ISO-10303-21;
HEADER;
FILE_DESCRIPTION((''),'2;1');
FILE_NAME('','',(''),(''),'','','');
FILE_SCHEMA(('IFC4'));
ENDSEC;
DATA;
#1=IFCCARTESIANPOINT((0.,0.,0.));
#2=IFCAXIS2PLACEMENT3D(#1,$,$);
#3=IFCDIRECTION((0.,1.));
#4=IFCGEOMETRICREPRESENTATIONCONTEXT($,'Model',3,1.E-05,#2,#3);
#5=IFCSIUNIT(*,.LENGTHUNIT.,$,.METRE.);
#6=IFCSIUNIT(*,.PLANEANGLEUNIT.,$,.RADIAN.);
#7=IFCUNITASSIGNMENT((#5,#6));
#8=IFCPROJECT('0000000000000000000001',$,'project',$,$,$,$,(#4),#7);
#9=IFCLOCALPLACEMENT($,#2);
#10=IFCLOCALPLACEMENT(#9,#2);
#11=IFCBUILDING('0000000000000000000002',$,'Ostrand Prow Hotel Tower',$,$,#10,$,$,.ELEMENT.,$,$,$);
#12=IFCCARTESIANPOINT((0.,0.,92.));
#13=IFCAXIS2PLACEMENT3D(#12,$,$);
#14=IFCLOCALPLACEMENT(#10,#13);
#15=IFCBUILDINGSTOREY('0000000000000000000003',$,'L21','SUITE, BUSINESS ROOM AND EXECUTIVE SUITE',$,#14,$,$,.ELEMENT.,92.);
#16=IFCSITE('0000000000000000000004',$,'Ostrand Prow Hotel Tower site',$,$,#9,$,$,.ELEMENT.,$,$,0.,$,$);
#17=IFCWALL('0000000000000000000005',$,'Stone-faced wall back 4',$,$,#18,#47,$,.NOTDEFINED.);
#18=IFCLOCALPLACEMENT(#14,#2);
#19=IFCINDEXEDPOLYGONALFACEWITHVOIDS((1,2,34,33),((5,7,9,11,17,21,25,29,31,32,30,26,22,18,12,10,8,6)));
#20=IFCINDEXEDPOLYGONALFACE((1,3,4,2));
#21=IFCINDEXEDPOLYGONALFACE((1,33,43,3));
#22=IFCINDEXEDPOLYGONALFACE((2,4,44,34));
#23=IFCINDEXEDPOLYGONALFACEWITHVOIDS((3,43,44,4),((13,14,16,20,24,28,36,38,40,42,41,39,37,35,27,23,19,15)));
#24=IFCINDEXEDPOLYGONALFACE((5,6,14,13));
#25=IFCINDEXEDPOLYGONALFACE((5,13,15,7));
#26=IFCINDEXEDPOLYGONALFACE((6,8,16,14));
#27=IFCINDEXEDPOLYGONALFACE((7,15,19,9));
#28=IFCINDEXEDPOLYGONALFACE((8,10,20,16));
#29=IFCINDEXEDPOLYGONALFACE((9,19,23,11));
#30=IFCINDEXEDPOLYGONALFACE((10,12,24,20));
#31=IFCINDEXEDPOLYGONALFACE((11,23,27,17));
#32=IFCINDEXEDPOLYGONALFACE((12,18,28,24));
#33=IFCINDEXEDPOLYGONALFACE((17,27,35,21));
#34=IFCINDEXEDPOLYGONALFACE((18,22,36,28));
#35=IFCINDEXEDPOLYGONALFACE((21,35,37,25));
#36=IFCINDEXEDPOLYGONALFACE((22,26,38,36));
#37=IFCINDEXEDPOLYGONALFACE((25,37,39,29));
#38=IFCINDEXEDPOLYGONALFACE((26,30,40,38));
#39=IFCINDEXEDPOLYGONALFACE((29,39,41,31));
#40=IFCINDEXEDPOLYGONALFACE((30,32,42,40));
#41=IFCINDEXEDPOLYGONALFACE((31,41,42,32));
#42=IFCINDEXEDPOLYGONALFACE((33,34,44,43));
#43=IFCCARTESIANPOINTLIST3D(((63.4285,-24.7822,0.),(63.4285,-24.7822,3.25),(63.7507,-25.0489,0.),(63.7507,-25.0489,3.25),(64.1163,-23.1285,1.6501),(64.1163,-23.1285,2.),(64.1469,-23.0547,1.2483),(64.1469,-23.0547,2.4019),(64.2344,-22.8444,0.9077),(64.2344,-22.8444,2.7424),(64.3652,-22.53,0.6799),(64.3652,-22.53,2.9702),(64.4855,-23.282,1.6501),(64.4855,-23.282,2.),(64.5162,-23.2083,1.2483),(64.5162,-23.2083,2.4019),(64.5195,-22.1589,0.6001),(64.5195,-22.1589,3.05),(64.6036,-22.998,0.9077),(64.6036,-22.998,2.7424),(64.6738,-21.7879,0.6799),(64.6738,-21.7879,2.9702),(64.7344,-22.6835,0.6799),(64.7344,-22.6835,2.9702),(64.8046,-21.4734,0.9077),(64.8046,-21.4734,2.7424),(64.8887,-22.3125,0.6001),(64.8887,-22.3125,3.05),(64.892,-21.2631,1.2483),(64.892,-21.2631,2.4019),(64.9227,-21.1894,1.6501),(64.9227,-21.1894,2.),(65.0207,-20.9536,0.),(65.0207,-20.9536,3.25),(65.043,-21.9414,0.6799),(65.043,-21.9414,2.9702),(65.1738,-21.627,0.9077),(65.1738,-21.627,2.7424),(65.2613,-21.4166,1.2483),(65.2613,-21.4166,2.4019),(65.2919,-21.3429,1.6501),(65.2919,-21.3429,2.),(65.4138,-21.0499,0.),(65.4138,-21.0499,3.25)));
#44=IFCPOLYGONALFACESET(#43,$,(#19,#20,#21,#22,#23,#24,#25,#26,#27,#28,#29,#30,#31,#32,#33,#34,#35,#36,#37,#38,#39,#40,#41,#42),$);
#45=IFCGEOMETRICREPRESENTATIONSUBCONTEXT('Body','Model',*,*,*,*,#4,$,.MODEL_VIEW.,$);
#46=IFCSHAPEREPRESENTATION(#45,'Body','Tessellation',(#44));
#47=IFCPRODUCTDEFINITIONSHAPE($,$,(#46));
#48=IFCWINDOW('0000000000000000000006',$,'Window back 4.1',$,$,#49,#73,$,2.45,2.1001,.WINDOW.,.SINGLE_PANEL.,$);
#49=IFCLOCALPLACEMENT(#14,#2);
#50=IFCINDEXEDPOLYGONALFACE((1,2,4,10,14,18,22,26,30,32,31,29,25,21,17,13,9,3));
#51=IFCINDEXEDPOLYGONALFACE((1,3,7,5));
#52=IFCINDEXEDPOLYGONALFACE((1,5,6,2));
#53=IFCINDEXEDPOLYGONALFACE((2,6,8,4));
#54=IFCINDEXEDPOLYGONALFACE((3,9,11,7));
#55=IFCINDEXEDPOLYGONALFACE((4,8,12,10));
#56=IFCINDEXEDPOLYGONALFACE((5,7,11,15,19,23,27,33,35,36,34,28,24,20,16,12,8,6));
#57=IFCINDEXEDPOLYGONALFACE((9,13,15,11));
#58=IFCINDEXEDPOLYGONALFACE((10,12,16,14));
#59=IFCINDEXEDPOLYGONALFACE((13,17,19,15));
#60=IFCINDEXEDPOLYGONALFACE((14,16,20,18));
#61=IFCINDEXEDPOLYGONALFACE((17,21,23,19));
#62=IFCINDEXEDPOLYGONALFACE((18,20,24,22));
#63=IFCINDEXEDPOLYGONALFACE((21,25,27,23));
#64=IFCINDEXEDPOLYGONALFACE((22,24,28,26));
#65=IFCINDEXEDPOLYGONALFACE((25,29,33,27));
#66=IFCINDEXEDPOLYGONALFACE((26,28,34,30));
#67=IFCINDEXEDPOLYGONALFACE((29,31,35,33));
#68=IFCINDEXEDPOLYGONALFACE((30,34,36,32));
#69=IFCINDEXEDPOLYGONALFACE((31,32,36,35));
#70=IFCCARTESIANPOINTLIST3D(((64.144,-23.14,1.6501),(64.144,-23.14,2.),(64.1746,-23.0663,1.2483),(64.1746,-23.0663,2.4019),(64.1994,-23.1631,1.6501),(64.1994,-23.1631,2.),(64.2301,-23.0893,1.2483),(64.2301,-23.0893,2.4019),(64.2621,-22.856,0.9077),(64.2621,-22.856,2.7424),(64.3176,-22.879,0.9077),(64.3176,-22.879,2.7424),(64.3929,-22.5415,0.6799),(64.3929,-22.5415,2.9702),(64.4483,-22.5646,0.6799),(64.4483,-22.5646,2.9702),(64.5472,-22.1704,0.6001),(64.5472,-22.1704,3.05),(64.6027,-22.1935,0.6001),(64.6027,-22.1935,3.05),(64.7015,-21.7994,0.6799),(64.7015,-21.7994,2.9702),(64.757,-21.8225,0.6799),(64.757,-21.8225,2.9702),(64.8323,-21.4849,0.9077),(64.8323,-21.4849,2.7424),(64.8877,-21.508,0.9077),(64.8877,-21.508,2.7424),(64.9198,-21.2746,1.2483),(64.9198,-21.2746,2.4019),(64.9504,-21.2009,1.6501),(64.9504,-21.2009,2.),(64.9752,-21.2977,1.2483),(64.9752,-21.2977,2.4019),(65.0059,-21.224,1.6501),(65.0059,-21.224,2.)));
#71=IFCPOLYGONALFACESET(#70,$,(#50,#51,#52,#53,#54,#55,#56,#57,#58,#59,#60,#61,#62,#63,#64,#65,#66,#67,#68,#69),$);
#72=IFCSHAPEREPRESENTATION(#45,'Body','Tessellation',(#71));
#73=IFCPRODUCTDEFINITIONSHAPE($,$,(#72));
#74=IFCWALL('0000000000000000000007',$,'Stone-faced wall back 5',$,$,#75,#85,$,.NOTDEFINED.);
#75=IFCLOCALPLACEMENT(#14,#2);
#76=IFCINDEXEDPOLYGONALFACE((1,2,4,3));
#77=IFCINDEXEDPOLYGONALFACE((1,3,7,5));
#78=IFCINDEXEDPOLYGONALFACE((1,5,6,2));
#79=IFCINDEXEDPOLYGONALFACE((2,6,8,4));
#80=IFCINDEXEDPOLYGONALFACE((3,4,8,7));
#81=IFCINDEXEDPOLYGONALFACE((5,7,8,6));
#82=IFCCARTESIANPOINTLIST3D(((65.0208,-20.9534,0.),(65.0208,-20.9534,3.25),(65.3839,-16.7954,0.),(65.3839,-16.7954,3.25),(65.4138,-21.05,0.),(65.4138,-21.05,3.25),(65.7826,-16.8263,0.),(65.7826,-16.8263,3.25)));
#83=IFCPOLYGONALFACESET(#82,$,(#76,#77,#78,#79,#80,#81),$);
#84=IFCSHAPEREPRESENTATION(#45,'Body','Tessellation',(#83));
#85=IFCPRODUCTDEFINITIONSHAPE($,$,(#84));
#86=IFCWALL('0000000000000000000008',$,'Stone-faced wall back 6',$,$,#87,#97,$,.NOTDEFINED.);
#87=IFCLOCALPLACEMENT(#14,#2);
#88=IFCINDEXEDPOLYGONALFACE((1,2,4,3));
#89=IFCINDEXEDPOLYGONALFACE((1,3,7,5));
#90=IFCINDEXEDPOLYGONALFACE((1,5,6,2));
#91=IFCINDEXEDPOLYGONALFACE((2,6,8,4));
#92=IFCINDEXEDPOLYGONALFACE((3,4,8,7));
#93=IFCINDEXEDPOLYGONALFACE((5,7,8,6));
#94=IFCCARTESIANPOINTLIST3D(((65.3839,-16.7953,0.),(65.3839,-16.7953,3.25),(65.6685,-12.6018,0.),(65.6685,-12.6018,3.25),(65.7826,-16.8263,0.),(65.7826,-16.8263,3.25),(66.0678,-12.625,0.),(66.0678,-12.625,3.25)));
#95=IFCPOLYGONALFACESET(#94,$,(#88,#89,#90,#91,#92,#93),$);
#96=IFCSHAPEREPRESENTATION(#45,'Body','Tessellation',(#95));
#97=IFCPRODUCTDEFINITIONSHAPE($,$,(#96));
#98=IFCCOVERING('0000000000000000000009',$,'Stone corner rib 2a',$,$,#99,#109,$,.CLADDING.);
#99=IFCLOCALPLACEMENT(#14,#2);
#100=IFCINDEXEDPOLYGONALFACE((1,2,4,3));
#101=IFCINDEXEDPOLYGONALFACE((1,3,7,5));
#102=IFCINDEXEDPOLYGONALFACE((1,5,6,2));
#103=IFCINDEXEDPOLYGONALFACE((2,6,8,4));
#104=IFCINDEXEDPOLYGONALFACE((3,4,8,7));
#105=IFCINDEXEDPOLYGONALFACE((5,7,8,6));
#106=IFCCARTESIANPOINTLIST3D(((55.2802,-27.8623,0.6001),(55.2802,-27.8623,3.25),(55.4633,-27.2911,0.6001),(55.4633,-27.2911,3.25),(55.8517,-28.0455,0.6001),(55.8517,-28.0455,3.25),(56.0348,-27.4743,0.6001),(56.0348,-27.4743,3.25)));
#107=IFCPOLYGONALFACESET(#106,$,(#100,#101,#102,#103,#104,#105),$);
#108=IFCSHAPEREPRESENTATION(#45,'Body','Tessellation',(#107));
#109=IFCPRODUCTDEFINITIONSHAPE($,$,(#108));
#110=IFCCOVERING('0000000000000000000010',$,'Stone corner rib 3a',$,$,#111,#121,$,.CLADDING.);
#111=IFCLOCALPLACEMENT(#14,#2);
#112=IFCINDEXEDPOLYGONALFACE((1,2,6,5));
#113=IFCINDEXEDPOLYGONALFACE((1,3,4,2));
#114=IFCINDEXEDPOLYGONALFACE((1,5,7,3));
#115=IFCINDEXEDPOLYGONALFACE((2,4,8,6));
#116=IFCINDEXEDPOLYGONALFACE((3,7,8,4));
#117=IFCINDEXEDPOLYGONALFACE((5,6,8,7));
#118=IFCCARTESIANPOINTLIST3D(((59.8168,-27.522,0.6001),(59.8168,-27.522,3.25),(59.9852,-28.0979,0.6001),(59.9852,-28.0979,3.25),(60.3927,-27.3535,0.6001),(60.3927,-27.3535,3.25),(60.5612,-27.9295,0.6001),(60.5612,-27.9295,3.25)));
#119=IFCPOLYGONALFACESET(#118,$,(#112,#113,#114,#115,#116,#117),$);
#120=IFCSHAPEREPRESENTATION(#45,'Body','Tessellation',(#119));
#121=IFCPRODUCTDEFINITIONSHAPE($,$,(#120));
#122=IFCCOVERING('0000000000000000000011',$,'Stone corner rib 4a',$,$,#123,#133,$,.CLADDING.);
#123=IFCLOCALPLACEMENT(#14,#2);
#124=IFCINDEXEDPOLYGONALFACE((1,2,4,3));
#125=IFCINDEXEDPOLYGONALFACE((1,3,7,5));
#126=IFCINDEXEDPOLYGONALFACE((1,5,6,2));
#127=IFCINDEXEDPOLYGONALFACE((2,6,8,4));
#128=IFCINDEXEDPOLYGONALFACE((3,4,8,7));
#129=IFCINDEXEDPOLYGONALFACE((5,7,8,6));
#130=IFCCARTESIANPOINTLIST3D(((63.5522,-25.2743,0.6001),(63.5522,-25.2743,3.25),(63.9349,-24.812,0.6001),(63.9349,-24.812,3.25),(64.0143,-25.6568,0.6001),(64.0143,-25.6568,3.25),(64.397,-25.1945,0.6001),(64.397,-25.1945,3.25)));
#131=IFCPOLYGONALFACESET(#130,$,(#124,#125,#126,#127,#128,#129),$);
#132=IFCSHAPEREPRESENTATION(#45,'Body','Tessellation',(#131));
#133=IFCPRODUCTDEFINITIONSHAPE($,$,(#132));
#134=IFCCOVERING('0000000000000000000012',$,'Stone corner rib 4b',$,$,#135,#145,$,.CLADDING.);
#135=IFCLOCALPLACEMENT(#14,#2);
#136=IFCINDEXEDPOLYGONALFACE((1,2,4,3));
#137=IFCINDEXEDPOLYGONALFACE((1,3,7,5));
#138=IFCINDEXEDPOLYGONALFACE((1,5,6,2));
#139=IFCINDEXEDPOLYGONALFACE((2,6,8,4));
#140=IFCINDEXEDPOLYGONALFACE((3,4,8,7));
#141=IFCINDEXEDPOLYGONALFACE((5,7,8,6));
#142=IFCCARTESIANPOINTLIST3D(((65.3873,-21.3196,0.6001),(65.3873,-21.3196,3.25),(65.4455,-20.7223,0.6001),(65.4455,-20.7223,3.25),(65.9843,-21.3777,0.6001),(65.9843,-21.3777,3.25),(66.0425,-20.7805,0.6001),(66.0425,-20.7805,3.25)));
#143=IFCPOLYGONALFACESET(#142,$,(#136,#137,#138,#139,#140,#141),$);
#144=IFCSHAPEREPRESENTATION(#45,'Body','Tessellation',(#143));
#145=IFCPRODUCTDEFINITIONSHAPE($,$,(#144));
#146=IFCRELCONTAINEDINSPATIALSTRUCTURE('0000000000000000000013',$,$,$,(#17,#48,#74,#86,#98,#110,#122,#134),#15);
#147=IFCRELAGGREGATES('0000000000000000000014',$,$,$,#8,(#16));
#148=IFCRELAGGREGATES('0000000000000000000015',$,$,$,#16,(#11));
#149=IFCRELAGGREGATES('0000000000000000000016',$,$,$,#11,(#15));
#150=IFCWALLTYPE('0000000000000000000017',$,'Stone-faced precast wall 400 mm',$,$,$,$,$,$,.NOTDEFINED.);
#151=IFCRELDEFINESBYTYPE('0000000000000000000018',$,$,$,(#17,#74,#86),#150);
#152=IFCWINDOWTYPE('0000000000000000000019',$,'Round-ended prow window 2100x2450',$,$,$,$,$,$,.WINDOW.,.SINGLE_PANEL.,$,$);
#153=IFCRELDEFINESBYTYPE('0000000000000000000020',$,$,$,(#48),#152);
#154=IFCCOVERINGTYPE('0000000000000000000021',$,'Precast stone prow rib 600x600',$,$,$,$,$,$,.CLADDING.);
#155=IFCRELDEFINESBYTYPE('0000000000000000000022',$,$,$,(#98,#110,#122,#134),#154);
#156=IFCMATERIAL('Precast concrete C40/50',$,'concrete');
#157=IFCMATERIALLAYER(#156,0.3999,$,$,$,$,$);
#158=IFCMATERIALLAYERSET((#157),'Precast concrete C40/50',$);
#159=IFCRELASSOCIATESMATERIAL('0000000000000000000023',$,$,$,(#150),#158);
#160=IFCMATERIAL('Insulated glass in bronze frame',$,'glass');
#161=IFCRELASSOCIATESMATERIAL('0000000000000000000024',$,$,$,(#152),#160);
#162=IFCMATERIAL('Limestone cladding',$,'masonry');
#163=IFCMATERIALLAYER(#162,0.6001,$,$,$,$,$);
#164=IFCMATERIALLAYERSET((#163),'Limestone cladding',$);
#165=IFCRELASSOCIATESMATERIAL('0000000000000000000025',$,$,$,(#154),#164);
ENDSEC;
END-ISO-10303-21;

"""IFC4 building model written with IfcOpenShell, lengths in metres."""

from ifc_helpers import new_model, si_unit, direction, frame, frame_2d, origin, place, context, subcontext, project, spatial, polyline, rectangle, outline, extrude, material, layer, layer_set, type_object, element, fill, save


model = new_model("IFC4")

# Units and contexts
model_context = context("Model", 3, precision=1e-05, world=origin(), true_north=direction((0.0, 1.0)))
body_context = subcontext(model_context, "Body", "Model", "MODEL_VIEW")
ifc_project = project(units=[si_unit("LENGTHUNIT", "METRE"), si_unit("PLANEANGLEUNIT", "RADIAN")], contexts=[model_context])

# Site, building, storey
site_placement = place(None, origin())
site = spatial("IfcSite", under=ifc_project, at=site_placement, Name="Ostrand Prow Hotel Tower site", CompositionType="ELEMENT", RefElevation=0.0)
building_placement = place(site_placement, origin())
building = spatial("IfcBuilding", under=site, at=building_placement, Name="Ostrand Prow Hotel Tower", CompositionType="ELEMENT")
storey_placement = place(building_placement, frame((0.0, 0.0, 92.0)))
storey = spatial("IfcBuildingStorey", under=building, at=storey_placement, Name="L21", Description="SUITE, BUSINESS ROOM AND EXECUTIVE SUITE", CompositionType="ELEMENT", Elevation=92.0)

# Wall, opening, window
ifc_material_1 = material(Name="Precast concrete C40/50", Category="concrete")
ifc_layer_1 = layer(ifc_material_1, 0.3999)
ifc_layer_set_1 = layer_set([ifc_layer_1], Name="Precast concrete C40/50")
wall_type_1 = type_object("IfcWallType", Name="Stone-faced precast wall 400 mm", PredefinedType="NOTDEFINED", material=ifc_layer_set_1)
wall_1_placement = place(storey_placement, frame((63.5896, -24.9155, 0.0), z_axis=(0.0, 0.0, 1.0), x_axis=(0.383998, 0.923334, 0.0)))
wall_1 = element("IfcWall", 1, at=wall_1_placement, inside=storey, type_object=wall_type_1, Name="Stone-faced wall back 4", PredefinedType="NOTDEFINED", context=body_context, shape_type="SweptSolid", body=[
    extrude(outline(polyline([(-0.0613, -0.2), (4.2698, -0.2), (4.2078, 0.2), (0.0613, 0.2), (-0.0613, -0.2)])), origin(), (0.0, 0.0, 1.0), 3.25),
])
opening_1_placement = place(wall_1_placement, frame((1.8523, 0.0, 0.6001)))
opening_1 = element("IfcOpeningElement", 2, at=opening_1_placement, cuts=wall_1, PredefinedType="OPENING", context=body_context, shape_type="SweptSolid", body=[
    extrude(outline(polyline([(0.0, 1.3999), (0.0798, 1.8018), (0.3076, 2.1423), (0.6482, 2.3701), (1.05, 2.45), (1.4519, 2.3701), (1.7925, 2.1423), (2.0203, 1.8018), (2.1001, 1.3999), (2.1001, 1.05), (2.0203, 0.6482), (1.7925, 0.3076), (1.4519, 0.0798), (1.05, 0.0), (0.6482, 0.0798), (0.3076, 0.3076), (0.0798, 0.6482), (0.0, 1.05), (0.0, 1.3999)])), frame((0.0, 0.21, 0.0), z_axis=(0.0, -1.0, 0.0), x_axis=(1.0, 0.0, 0.0)), (0.0, 0.0, 1.0), 0.4199),
])
ifc_material_2 = material(Name="Insulated glass in bronze frame", Category="glass")
window_type_1 = type_object("IfcWindowType", Name="Round-ended prow window 2100x2450", PartitioningType="SINGLE_PANEL", PredefinedType="WINDOW", material=ifc_material_2)
window_1_placement = place(opening_1_placement, origin())
window_1 = element("IfcWindow", 3, at=window_1_placement, inside=storey, type_object=window_type_1, Name="Window back 4.1", OverallHeight=2.45, OverallWidth=2.1001, PartitioningType="SINGLE_PANEL", PredefinedType="WINDOW", context=body_context, shape_type="SweptSolid", body=[
    extrude(outline(polyline([(0.0, 1.3999), (0.0798, 1.8018), (0.3076, 2.1423), (0.6482, 2.3701), (1.05, 2.45), (1.4519, 2.3701), (1.7925, 2.1423), (2.0203, 1.8018), (2.1001, 1.3999), (2.1001, 1.05), (2.0203, 0.6482), (1.7925, 0.3076), (1.4519, 0.0798), (1.05, 0.0), (0.6482, 0.0798), (0.3076, 0.3076), (0.0798, 0.6482), (0.0, 1.05), (0.0, 1.3999)])), frame((0.0, 0.1699, 0.0), z_axis=(0.0, -1.0, 0.0), x_axis=(1.0, 0.0, 0.0)), (0.0, 0.0, 1.0), 0.0601),
])
fill(opening_1, window_1)

# Walls
wall_2_placement = place(storey_placement, frame((65.2173, -21.0017, 0.0), z_axis=(0.0, 0.0, 1.0), x_axis=(0.086993, 0.996209, 0.0)))
element("IfcWall", 4, at=wall_2_placement, inside=storey, type_object=wall_type_1, Name="Stone-faced wall back 5", PredefinedType="NOTDEFINED", context=body_context, shape_type="SweptSolid", body=[
    extrude(outline(polyline([(-0.031, -0.2), (4.2087, -0.2), (4.2048, 0.2), (0.031, 0.2), (-0.031, -0.2)])), origin(), (0.0, 0.0, 1.0), 3.25),
])
wall_3_placement = place(storey_placement, frame((65.5833, -16.8108, 0.0), z_axis=(0.0, 0.0, 1.0), x_axis=(0.067725, 0.997704, 0.0)))
element("IfcWall", 5, at=wall_3_placement, inside=storey, type_object=wall_type_1, Name="Stone-faced wall back 6", PredefinedType="NOTDEFINED", context=body_context, shape_type="SweptSolid", body=[
    extrude(outline(polyline([(-0.002, -0.2), (4.209, -0.2), (4.2051, 0.2), (0.002, 0.2), (-0.002, -0.2)])), origin(), (0.0, 0.0, 1.0), 3.25),
])

# Coverings
ifc_material_3 = material(Name="Limestone cladding", Category="masonry")
ifc_layer_2 = layer(ifc_material_3, 0.6001)
ifc_layer_set_2 = layer_set([ifc_layer_2], Name="Limestone cladding")
covering_type = type_object("IfcCoveringType", Name="Precast stone prow rib 600x600", PredefinedType="CLADDING", material=ifc_layer_set_2)
covering_1_placement = place(storey_placement, frame((55.749, -27.3828, 0.6001), z_axis=(0.0, 0.0, 1.0), x_axis=(-0.305219, -0.952282, 0.0)))
element("IfcCovering", 6, at=covering_1_placement, inside=storey, type_object=covering_type, Name="Stone corner rib 2a", PredefinedType="CLADDING", context=body_context, shape_type="SweptSolid", body=[
    extrude(rectangle(XDim=0.5999, YDim=0.6001, at=frame_2d((0.2998, 0.0))), origin(), (0.0, 0.0, 1.0), 2.6499),
])
covering_2_placement = place(storey_placement, frame((60.1047, -27.4377, 0.6001), z_axis=(0.0, 0.0, 1.0), x_axis=(0.280734, -0.959786, 0.0)))
element("IfcCovering", 7, at=covering_2_placement, inside=storey, type_object=covering_type, Name="Stone corner rib 3a", PredefinedType="CLADDING", context=body_context, shape_type="SweptSolid", body=[
    extrude(rectangle(XDim=0.6001, YDim=0.6001, at=frame_2d((0.3, 0.0))), origin(), (0.0, 0.0, 1.0), 2.6499),
])
for number, where, z_axis, x_axis, name in (
    (8, (63.7437, -25.0432, 0.6001), (0.0, 0.0, 1.0), (0.770319, -0.637659, 0.0), "Stone corner rib 4a"),
    (9, (65.4165, -21.021, 0.6001), (0.0, 0.0, 1.0), (0.995296, -0.096884, 0.0), "Stone corner rib 4b"),
):
    element("IfcCovering", number, at=place(storey_placement, frame(where, z_axis=z_axis, x_axis=x_axis)), inside=storey, type_object=covering_type, Name=name, PredefinedType="CLADDING", context=body_context, shape_type="SweptSolid", body=[
        extrude(rectangle(XDim=0.5999, YDim=0.6001, at=frame_2d((0.2998, 0.0))), origin(), (0.0, 0.0, 1.0), 2.6499),
    ])

save(model, "model.ifc")
